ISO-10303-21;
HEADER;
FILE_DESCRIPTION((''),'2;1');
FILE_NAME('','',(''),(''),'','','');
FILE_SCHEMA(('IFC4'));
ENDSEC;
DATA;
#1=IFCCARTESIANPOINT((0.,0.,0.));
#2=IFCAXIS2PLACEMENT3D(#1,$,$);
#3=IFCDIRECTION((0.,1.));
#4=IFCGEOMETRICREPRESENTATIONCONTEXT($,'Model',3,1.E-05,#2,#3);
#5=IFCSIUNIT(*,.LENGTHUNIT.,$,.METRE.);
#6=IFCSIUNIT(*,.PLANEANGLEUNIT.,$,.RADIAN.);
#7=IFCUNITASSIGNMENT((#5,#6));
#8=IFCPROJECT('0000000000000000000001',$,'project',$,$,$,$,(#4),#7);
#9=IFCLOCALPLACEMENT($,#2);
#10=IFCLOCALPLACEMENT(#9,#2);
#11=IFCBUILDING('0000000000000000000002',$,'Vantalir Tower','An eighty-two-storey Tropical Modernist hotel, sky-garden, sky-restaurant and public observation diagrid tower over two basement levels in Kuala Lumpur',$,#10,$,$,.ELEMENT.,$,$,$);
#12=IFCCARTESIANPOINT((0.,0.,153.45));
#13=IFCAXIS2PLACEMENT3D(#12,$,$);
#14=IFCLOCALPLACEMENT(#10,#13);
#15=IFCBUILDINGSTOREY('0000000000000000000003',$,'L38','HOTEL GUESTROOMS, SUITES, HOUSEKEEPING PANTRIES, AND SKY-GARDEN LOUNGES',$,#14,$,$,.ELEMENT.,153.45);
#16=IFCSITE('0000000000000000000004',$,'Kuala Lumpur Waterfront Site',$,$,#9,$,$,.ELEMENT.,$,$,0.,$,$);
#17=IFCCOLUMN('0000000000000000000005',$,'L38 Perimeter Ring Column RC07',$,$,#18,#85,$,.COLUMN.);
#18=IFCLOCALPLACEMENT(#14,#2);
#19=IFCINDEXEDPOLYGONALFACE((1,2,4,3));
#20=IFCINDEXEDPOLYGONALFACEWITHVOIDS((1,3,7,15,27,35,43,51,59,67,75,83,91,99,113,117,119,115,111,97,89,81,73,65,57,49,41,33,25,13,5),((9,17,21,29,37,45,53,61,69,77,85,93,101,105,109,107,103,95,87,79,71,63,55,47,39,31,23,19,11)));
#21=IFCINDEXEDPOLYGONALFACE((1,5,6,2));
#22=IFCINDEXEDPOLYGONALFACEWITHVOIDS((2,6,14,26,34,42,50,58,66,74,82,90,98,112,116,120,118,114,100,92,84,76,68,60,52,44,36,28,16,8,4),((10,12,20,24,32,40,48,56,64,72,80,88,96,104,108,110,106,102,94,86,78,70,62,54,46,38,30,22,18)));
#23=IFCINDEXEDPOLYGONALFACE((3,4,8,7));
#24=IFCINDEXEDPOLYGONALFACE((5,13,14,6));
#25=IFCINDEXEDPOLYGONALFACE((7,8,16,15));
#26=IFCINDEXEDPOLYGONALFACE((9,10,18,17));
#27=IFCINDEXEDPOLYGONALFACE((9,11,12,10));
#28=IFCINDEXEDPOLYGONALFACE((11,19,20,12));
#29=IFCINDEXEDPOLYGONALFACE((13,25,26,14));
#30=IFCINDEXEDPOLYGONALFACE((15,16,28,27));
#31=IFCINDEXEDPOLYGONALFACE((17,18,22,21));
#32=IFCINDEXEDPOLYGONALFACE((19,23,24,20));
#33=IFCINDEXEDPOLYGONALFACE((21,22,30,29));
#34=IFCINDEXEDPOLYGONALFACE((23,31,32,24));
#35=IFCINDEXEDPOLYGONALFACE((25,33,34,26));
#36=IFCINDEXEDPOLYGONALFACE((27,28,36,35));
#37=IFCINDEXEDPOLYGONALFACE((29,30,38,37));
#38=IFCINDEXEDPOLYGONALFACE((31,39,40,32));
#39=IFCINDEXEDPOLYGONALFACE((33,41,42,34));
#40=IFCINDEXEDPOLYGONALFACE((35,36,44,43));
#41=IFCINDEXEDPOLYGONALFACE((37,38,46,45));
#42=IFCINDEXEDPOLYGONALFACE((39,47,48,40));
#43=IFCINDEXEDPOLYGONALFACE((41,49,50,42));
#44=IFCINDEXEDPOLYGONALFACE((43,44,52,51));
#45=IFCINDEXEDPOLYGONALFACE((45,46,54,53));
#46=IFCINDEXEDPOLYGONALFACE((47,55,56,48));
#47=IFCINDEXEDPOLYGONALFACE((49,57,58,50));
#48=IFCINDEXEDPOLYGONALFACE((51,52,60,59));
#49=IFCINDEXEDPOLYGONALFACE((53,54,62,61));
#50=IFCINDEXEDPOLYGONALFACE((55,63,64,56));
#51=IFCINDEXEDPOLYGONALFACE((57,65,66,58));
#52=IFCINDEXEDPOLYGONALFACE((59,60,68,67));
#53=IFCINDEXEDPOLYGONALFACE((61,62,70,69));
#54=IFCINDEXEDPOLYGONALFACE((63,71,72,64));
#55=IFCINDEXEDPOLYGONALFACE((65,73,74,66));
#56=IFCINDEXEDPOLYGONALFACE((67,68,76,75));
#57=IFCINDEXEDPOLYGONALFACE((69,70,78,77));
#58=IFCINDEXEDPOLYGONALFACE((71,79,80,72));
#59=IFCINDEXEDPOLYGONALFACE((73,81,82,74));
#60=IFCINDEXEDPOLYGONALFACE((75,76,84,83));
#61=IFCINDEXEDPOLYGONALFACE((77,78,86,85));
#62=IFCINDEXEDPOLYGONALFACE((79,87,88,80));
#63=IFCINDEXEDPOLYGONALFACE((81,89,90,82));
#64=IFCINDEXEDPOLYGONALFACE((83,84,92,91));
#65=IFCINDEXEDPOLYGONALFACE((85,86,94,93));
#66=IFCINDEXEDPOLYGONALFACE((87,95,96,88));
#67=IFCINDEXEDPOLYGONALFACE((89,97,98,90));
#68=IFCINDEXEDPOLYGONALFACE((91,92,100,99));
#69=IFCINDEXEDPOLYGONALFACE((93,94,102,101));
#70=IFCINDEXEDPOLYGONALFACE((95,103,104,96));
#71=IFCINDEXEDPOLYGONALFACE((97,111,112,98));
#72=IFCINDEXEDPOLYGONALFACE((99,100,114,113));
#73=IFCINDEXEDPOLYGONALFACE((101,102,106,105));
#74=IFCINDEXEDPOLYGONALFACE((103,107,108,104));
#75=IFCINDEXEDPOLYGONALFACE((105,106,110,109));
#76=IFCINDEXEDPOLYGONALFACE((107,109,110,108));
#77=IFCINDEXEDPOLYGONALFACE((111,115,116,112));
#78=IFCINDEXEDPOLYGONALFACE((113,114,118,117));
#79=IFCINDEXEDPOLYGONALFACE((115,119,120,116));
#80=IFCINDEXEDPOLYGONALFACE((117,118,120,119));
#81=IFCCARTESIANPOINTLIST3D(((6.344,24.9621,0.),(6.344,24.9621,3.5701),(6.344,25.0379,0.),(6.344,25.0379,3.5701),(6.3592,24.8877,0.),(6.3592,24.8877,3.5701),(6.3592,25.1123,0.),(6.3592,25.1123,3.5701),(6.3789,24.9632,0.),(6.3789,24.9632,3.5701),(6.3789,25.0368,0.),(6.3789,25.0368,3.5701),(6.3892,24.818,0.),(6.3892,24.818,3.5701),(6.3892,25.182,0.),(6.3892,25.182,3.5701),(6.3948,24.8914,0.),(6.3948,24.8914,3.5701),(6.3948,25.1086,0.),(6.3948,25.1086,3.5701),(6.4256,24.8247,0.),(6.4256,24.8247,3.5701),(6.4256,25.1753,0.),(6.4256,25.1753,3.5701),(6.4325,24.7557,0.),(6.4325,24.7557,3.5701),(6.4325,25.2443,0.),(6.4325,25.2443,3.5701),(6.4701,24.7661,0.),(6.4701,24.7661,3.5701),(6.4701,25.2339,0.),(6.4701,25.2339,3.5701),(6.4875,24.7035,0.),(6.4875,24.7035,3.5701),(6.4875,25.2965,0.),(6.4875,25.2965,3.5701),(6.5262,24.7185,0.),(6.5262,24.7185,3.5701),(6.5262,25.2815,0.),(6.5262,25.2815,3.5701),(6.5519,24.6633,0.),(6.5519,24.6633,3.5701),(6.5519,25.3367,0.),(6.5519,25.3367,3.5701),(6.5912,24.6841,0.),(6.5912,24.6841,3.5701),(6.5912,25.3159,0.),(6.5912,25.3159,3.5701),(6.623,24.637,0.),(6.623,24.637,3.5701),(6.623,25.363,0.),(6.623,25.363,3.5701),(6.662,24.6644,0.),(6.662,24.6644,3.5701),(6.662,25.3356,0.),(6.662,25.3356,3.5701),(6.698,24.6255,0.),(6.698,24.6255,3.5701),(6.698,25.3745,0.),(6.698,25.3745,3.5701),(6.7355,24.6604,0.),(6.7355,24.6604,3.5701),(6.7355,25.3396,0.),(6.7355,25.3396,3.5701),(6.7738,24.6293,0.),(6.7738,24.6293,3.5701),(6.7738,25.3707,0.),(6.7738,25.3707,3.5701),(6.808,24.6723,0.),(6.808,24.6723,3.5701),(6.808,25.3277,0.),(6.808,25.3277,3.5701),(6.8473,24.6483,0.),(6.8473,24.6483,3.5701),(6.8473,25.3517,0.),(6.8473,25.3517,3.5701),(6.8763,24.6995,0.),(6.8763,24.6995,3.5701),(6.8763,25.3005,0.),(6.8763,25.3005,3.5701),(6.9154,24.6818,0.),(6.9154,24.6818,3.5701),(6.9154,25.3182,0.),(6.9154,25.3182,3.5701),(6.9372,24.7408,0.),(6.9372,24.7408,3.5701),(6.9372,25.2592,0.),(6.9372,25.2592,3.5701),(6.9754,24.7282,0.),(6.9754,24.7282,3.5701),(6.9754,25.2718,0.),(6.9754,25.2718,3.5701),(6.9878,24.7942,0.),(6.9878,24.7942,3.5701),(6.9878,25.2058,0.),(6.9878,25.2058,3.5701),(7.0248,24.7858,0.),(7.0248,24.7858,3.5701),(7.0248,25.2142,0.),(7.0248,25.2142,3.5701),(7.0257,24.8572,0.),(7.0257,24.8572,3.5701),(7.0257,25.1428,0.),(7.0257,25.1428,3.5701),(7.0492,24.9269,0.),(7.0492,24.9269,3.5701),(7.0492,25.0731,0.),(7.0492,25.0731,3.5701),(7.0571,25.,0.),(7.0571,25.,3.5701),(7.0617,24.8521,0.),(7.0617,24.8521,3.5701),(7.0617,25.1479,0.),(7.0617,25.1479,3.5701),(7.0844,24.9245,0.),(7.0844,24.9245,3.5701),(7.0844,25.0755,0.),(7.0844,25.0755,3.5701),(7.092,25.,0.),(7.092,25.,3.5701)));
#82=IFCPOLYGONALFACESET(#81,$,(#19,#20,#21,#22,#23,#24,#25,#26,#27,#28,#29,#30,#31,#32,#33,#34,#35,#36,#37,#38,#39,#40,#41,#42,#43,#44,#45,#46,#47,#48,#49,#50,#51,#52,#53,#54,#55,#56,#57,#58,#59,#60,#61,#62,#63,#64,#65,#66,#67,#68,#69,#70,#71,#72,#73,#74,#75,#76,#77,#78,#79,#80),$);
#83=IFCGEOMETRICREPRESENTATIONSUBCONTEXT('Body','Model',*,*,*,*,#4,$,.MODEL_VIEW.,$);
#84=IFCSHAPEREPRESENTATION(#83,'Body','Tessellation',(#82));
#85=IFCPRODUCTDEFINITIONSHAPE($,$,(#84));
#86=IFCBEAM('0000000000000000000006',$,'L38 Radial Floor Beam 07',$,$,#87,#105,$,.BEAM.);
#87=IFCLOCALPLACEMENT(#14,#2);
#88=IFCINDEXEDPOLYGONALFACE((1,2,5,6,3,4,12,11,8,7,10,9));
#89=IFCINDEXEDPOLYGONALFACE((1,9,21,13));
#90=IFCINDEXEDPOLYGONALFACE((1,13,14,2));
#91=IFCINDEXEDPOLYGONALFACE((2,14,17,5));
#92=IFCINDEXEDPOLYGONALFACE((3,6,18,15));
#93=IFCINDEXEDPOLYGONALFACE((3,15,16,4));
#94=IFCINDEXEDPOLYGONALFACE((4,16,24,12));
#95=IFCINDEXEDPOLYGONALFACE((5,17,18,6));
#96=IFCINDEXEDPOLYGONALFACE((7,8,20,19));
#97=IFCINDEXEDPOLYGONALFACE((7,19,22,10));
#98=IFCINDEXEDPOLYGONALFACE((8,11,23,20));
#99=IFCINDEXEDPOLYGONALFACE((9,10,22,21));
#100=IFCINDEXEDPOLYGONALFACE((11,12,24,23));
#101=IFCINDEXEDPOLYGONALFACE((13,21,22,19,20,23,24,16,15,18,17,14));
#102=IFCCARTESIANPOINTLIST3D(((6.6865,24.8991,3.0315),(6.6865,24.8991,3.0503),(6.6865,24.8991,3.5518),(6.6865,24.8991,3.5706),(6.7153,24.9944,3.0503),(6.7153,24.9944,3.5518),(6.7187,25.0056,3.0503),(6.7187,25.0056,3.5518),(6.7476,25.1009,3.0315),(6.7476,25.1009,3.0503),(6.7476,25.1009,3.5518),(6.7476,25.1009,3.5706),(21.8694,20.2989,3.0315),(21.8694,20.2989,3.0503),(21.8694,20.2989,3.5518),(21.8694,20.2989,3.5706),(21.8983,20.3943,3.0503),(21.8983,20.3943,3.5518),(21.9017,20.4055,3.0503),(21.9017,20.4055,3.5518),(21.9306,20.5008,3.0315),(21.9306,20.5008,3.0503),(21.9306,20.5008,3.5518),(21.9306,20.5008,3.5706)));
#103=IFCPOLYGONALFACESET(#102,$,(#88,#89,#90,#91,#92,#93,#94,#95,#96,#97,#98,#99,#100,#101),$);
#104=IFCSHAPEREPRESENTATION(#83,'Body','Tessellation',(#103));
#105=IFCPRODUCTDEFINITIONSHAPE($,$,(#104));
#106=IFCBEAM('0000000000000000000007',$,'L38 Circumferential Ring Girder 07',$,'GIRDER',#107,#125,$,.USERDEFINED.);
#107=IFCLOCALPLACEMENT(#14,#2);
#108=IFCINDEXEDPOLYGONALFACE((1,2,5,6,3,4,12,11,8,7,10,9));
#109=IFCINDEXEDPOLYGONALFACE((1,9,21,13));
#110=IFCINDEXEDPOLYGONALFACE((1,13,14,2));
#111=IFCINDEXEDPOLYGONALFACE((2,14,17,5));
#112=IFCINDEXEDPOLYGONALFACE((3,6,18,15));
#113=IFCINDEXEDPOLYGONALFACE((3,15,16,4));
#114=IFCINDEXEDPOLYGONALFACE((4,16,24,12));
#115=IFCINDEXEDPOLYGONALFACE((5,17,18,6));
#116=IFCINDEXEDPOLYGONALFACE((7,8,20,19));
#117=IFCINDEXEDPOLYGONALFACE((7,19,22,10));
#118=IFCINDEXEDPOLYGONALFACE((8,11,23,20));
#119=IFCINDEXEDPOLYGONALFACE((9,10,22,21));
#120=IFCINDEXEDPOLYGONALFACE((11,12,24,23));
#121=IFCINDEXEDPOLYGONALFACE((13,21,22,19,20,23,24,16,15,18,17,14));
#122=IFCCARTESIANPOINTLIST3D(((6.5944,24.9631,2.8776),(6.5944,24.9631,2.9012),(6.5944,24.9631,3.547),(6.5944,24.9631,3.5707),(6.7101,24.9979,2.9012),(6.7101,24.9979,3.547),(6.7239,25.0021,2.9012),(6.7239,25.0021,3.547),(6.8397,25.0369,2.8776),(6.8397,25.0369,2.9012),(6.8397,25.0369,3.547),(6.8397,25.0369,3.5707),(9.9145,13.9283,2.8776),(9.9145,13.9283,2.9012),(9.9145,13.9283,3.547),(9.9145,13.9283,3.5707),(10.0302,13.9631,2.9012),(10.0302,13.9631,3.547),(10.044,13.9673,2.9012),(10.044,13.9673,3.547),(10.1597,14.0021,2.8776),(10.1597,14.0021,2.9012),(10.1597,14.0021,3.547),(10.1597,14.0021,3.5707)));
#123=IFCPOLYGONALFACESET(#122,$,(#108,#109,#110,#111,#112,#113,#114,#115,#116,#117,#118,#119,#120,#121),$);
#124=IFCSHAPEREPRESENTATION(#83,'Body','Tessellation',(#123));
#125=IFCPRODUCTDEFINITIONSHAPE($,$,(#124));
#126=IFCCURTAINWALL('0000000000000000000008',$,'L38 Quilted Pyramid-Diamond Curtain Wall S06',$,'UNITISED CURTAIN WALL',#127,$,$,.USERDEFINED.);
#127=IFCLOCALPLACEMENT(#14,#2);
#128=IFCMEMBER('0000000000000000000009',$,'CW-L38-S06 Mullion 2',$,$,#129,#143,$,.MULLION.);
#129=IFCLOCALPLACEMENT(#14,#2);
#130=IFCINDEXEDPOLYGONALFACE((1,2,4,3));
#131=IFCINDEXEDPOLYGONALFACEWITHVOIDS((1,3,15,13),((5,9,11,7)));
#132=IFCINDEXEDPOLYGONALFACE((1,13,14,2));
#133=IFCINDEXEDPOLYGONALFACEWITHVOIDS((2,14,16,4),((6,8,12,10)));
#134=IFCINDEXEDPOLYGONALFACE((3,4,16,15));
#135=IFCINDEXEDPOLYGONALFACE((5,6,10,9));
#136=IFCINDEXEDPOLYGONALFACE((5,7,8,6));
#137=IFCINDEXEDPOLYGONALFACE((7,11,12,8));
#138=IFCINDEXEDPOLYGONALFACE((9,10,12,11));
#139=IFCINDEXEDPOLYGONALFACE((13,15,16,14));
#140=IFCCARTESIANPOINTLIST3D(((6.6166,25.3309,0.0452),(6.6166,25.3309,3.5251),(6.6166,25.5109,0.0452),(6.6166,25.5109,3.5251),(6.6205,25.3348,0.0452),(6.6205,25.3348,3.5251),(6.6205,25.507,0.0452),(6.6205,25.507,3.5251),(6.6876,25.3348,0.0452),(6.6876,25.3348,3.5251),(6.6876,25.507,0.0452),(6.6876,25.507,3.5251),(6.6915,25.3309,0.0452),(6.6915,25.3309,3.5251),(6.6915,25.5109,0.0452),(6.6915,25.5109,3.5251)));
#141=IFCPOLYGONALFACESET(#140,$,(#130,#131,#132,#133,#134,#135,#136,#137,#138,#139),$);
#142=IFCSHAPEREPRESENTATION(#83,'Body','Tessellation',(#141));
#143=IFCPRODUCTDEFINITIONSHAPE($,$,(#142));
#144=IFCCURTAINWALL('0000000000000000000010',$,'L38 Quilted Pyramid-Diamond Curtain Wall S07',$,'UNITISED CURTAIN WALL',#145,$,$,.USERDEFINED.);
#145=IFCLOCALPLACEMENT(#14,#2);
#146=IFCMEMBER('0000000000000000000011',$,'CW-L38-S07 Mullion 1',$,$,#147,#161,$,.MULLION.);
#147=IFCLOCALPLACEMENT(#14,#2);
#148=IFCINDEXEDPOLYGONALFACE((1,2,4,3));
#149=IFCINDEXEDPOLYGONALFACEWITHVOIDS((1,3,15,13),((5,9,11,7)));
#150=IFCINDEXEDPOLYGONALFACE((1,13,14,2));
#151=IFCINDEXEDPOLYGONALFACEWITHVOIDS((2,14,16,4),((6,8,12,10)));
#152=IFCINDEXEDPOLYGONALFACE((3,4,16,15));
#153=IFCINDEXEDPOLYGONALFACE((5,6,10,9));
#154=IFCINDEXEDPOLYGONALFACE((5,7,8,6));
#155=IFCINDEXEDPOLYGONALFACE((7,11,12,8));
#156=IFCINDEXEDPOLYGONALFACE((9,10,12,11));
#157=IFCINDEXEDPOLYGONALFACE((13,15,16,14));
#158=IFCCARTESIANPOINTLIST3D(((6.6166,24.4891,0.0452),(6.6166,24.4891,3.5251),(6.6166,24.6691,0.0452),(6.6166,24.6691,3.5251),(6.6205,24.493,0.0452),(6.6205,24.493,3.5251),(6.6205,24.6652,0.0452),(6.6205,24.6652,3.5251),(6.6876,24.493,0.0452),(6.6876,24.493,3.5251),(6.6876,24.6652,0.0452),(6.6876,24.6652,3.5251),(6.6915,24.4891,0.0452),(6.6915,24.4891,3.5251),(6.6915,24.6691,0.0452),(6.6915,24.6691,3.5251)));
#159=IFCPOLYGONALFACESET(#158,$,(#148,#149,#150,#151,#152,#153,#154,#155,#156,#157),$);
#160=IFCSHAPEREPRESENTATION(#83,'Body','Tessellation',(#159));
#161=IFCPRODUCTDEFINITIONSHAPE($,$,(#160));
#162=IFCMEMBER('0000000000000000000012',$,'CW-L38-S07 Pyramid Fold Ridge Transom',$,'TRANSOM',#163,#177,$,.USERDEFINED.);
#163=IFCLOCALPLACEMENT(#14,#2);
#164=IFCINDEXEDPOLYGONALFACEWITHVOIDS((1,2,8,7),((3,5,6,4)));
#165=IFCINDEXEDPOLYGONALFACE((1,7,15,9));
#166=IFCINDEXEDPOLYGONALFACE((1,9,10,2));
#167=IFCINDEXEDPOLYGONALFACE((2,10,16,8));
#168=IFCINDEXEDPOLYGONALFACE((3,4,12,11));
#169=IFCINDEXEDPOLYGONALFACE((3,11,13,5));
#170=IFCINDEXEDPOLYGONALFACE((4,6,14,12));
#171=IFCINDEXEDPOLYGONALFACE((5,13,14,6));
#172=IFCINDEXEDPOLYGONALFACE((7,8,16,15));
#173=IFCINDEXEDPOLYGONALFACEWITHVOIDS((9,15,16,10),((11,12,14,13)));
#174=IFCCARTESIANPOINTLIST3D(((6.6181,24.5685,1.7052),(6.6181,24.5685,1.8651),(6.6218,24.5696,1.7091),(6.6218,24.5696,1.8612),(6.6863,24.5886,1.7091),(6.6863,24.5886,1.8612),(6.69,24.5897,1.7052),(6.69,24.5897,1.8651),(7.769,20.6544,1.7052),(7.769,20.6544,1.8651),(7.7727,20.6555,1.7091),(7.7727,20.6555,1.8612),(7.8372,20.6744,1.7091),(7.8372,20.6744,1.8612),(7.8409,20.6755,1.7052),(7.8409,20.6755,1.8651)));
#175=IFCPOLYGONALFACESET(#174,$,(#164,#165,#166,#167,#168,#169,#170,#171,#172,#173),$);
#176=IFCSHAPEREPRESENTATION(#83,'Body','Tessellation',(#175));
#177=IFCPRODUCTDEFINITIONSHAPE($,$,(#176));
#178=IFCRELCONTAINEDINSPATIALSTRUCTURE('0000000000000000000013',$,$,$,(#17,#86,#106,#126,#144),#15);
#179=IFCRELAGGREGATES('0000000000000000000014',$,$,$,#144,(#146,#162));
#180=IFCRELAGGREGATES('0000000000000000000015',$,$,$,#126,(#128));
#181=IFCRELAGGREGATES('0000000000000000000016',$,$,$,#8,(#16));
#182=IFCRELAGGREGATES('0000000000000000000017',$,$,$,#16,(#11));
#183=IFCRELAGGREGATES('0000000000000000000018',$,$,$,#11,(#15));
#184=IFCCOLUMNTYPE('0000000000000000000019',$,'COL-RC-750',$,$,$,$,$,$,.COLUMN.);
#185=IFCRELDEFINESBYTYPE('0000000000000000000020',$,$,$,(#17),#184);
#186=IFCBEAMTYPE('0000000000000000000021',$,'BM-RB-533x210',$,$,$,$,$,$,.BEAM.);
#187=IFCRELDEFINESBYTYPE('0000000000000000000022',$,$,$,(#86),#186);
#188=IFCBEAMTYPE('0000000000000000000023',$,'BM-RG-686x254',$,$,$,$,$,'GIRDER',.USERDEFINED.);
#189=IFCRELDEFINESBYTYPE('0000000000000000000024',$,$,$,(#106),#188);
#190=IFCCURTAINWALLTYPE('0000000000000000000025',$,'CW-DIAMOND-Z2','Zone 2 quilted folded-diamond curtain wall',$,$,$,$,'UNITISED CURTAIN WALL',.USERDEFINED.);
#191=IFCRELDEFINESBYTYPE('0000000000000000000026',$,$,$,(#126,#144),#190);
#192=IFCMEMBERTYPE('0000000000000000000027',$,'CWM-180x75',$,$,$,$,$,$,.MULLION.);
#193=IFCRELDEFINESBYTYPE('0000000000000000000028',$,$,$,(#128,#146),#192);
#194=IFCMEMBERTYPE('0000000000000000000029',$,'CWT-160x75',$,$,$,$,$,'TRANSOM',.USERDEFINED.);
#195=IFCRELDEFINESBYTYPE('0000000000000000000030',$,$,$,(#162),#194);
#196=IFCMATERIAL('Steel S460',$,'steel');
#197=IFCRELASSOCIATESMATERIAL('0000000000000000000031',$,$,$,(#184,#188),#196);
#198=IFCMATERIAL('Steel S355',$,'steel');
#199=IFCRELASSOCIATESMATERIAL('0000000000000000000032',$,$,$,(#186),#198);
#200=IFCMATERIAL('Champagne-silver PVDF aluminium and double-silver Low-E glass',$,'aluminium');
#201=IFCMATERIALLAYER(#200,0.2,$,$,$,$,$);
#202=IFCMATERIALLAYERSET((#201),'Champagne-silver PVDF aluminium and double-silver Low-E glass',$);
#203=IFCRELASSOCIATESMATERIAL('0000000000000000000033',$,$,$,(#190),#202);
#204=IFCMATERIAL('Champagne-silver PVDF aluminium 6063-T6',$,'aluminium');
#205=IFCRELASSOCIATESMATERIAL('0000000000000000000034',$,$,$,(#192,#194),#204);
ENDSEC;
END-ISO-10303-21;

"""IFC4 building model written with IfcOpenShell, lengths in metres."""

from ifc_helpers import new_model, si_unit, direction, frame, origin, origin_2d, place, context, subcontext, project, spatial, hollow_rectangle, hollow_circle, i_section, extrude, material, layer, layer_set, material_profile, profile_set, type_object, element, aggregate, save


model = new_model("IFC4")

# Units and contexts
model_context = context("Model", 3, precision=1e-05, world=origin(), true_north=direction((0.0, 1.0)))
body_context = subcontext(model_context, "Body", "Model", "MODEL_VIEW")
ifc_project = project(units=[si_unit("LENGTHUNIT", "METRE"), si_unit("PLANEANGLEUNIT", "RADIAN")], contexts=[model_context])

# Site, building, storey
site_placement = place(None, origin())
site = spatial("IfcSite", under=ifc_project, at=site_placement, Name="Kuala Lumpur Waterfront Site", CompositionType="ELEMENT", RefElevation=0.0)
building_placement = place(site_placement, origin())
building = spatial("IfcBuilding", under=site, at=building_placement, Name="Vantalir Tower", Description="An eighty-two-storey Tropical Modernist hotel, sky-garden, sky-restaurant and public observation diagrid tower over two basement levels in Kuala Lumpur", CompositionType="ELEMENT")
storey_placement = place(building_placement, frame((0.0, 0.0, 153.45)))
storey = spatial("IfcBuildingStorey", under=building, at=storey_placement, Name="L38", Description="HOTEL GUESTROOMS, SUITES, HOUSEKEEPING PANTRIES, AND SKY-GARDEN LOUNGES", CompositionType="ELEMENT", Elevation=153.45)

# Column
ifc_material_1 = material(Name="Steel S460", Category="steel")
ifc_material_profile_1 = material_profile(ifc_material_1, hollow_circle(Radius=0.375, WallThickness=0.0349, at=origin_2d()), Name="Steel S460")
ifc_profile_set_1 = profile_set([ifc_material_profile_1], Name="Steel S460")
column_type = type_object("IfcColumnType", Name="COL-RC-750", PredefinedType="COLUMN", material=ifc_profile_set_1)
column_placement = place(storey_placement, frame((6.717, 25.0, 0.0), z_axis=(0.0, 0.0, 1.0), x_axis=(1.0, 0.0, 0.0)))
element("IfcColumn", 1, at=column_placement, inside=storey, type_object=column_type, Name="L38 Perimeter Ring Column RC07", PredefinedType="COLUMN", context=body_context, shape_type="SweptSolid", body=[
    extrude(hollow_circle(Radius=0.375, WallThickness=0.0349, at=origin_2d()), origin(), (0.0, 0.0, 1.0), 3.5701),
])

# Beams
ifc_material_2 = material(Name="Steel S355", Category="steel")
ifc_material_profile_2 = material_profile(ifc_material_2, i_section(OverallWidth=0.2109, OverallDepth=0.5391, WebThickness=0.0117, FlangeThickness=0.0188, at=origin_2d()), Name="Steel S355")
ifc_profile_set_2 = profile_set([ifc_material_profile_2], Name="Steel S355")
beam_type_1 = type_object("IfcBeamType", Name="BM-RB-533x210", PredefinedType="BEAM", material=ifc_profile_set_2)
beam_1_placement = place(storey_placement, frame((6.717, 25.0, 3.301), z_axis=(0.957038, -0.289963, 0.0), x_axis=(0.289963, 0.957038, 0.0)))
element("IfcBeam", 2, at=beam_1_placement, inside=storey, type_object=beam_type_1, Name="L38 Radial Floor Beam 07", PredefinedType="BEAM", context=body_context, shape_type="SweptSolid", body=[
    extrude(i_section(OverallWidth=0.2109, OverallDepth=0.5391, WebThickness=0.0117, FlangeThickness=0.0188, at=origin_2d()), origin(), (0.0, 0.0, 1.0), 15.8645),
])
ifc_material_profile_3 = material_profile(ifc_material_1, i_section(OverallWidth=0.2561, OverallDepth=0.6931, WebThickness=0.0144, FlangeThickness=0.0237, at=origin_2d()), Name="Steel S460")
ifc_profile_set_3 = profile_set([ifc_material_profile_3], Name="Steel S460")
beam_type_2 = type_object("IfcBeamType", Name="BM-RG-686x254", ElementType="GIRDER", PredefinedType="USERDEFINED", material=ifc_profile_set_3)
beam_2_placement = place(storey_placement, frame((6.717, 25.0, 3.2241), z_axis=(0.288112, -0.957597, 0.0), x_axis=(0.957597, 0.288112, 0.0)))
element("IfcBeam", 3, at=beam_2_placement, inside=storey, type_object=beam_type_2, Name="L38 Circumferential Ring Girder 07", ObjectType="GIRDER", PredefinedType="USERDEFINED", context=body_context, shape_type="SweptSolid", body=[
    extrude(i_section(OverallWidth=0.2561, OverallDepth=0.6931, WebThickness=0.0144, FlangeThickness=0.0237, at=origin_2d()), origin(), (0.0, 0.0, 1.0), 11.5234),
])

# Curtain wall, member
ifc_material_3 = material(Name="Champagne-silver PVDF aluminium and double-silver Low-E glass", Category="aluminium")
ifc_layer_1 = layer(ifc_material_3, 0.2)
ifc_layer_set_1 = layer_set([ifc_layer_1], Name="Champagne-silver PVDF aluminium and double-silver Low-E glass")
curtain_wall_type = type_object("IfcCurtainWallType", Name="CW-DIAMOND-Z2", Description="Zone 2 quilted folded-diamond curtain wall", ElementType="UNITISED CURTAIN WALL", PredefinedType="USERDEFINED", material=ifc_layer_set_1)
curtain_wall_1_placement = place(storey_placement, origin())
curtain_wall_1 = element("IfcCurtainWall", 4, at=curtain_wall_1_placement, inside=storey, type_object=curtain_wall_type, Name="L38 Quilted Pyramid-Diamond Curtain Wall S06", ObjectType="UNITISED CURTAIN WALL", PredefinedType="USERDEFINED")
ifc_material_4 = material(Name="Champagne-silver PVDF aluminium 6063-T6", Category="aluminium")
ifc_material_profile_4 = material_profile(ifc_material_4, hollow_rectangle(XDim=0.075, YDim=0.1799, WallThickness=0.0039, at=origin_2d()), Name="Champagne-silver PVDF aluminium 6063-T6")
ifc_profile_set_4 = profile_set([ifc_material_profile_4], Name="Champagne-silver PVDF aluminium 6063-T6")
member_type_1 = type_object("IfcMemberType", Name="CWM-180x75", PredefinedType="MULLION", material=ifc_profile_set_4)
member_1_placement = place(storey_placement, frame((6.6541, 25.4209, 0.0452), z_axis=(0.0, 0.0, 1.0), x_axis=(1.0, 0.0, 0.0)))
member_1 = element("IfcMember", 5, at=member_1_placement, type_object=member_type_1, Name="CW-L38-S06 Mullion 2", PredefinedType="MULLION", context=body_context, shape_type="SweptSolid", body=[
    extrude(hollow_rectangle(XDim=0.075, YDim=0.1799, WallThickness=0.0039, at=origin_2d()), origin(), (0.0, 0.0, 1.0), 3.48),
])

# Curtain wall, members
curtain_wall_2_placement = place(storey_placement, origin())
curtain_wall_2 = element("IfcCurtainWall", 6, at=curtain_wall_2_placement, inside=storey, type_object=curtain_wall_type, Name="L38 Quilted Pyramid-Diamond Curtain Wall S07", ObjectType="UNITISED CURTAIN WALL", PredefinedType="USERDEFINED")
member_2_placement = place(storey_placement, frame((6.6541, 24.5791, 0.0452), z_axis=(0.0, 0.0, 1.0), x_axis=(1.0, 0.0, 0.0)))
member_2 = element("IfcMember", 7, at=member_2_placement, type_object=member_type_1, Name="CW-L38-S07 Mullion 1", PredefinedType="MULLION", context=body_context, shape_type="SweptSolid", body=[
    extrude(hollow_rectangle(XDim=0.075, YDim=0.1799, WallThickness=0.0039, at=origin_2d()), origin(), (0.0, 0.0, 1.0), 3.48),
])
ifc_material_profile_5 = material_profile(ifc_material_4, hollow_rectangle(XDim=0.075, YDim=0.1599, WallThickness=0.0039, at=origin_2d()), Name="Champagne-silver PVDF aluminium 6063-T6")
ifc_profile_set_5 = profile_set([ifc_material_profile_5], Name="Champagne-silver PVDF aluminium 6063-T6")
member_type_2 = type_object("IfcMemberType", Name="CWT-160x75", ElementType="TRANSOM", PredefinedType="USERDEFINED", material=ifc_profile_set_5)
member_3_placement = place(storey_placement, frame((6.6541, 24.5791, 1.7852), z_axis=(0.282095, -0.959386, 0.0), x_axis=(0.959386, 0.282095, 0.0)))
member_3 = element("IfcMember", 8, at=member_3_placement, type_object=member_type_2, Name="CW-L38-S07 Pyramid Fold Ridge Transom", ObjectType="TRANSOM", PredefinedType="USERDEFINED", context=body_context, shape_type="SweptSolid", body=[
    extrude(hollow_rectangle(XDim=0.075, YDim=0.1599, WallThickness=0.0039, at=origin_2d()), origin(), (0.0, 0.0, 1.0), 4.0798),
])
aggregate(curtain_wall_2, [member_2, member_3])

aggregate(curtain_wall_1, [member_1])

save(model, "model.ifc")
